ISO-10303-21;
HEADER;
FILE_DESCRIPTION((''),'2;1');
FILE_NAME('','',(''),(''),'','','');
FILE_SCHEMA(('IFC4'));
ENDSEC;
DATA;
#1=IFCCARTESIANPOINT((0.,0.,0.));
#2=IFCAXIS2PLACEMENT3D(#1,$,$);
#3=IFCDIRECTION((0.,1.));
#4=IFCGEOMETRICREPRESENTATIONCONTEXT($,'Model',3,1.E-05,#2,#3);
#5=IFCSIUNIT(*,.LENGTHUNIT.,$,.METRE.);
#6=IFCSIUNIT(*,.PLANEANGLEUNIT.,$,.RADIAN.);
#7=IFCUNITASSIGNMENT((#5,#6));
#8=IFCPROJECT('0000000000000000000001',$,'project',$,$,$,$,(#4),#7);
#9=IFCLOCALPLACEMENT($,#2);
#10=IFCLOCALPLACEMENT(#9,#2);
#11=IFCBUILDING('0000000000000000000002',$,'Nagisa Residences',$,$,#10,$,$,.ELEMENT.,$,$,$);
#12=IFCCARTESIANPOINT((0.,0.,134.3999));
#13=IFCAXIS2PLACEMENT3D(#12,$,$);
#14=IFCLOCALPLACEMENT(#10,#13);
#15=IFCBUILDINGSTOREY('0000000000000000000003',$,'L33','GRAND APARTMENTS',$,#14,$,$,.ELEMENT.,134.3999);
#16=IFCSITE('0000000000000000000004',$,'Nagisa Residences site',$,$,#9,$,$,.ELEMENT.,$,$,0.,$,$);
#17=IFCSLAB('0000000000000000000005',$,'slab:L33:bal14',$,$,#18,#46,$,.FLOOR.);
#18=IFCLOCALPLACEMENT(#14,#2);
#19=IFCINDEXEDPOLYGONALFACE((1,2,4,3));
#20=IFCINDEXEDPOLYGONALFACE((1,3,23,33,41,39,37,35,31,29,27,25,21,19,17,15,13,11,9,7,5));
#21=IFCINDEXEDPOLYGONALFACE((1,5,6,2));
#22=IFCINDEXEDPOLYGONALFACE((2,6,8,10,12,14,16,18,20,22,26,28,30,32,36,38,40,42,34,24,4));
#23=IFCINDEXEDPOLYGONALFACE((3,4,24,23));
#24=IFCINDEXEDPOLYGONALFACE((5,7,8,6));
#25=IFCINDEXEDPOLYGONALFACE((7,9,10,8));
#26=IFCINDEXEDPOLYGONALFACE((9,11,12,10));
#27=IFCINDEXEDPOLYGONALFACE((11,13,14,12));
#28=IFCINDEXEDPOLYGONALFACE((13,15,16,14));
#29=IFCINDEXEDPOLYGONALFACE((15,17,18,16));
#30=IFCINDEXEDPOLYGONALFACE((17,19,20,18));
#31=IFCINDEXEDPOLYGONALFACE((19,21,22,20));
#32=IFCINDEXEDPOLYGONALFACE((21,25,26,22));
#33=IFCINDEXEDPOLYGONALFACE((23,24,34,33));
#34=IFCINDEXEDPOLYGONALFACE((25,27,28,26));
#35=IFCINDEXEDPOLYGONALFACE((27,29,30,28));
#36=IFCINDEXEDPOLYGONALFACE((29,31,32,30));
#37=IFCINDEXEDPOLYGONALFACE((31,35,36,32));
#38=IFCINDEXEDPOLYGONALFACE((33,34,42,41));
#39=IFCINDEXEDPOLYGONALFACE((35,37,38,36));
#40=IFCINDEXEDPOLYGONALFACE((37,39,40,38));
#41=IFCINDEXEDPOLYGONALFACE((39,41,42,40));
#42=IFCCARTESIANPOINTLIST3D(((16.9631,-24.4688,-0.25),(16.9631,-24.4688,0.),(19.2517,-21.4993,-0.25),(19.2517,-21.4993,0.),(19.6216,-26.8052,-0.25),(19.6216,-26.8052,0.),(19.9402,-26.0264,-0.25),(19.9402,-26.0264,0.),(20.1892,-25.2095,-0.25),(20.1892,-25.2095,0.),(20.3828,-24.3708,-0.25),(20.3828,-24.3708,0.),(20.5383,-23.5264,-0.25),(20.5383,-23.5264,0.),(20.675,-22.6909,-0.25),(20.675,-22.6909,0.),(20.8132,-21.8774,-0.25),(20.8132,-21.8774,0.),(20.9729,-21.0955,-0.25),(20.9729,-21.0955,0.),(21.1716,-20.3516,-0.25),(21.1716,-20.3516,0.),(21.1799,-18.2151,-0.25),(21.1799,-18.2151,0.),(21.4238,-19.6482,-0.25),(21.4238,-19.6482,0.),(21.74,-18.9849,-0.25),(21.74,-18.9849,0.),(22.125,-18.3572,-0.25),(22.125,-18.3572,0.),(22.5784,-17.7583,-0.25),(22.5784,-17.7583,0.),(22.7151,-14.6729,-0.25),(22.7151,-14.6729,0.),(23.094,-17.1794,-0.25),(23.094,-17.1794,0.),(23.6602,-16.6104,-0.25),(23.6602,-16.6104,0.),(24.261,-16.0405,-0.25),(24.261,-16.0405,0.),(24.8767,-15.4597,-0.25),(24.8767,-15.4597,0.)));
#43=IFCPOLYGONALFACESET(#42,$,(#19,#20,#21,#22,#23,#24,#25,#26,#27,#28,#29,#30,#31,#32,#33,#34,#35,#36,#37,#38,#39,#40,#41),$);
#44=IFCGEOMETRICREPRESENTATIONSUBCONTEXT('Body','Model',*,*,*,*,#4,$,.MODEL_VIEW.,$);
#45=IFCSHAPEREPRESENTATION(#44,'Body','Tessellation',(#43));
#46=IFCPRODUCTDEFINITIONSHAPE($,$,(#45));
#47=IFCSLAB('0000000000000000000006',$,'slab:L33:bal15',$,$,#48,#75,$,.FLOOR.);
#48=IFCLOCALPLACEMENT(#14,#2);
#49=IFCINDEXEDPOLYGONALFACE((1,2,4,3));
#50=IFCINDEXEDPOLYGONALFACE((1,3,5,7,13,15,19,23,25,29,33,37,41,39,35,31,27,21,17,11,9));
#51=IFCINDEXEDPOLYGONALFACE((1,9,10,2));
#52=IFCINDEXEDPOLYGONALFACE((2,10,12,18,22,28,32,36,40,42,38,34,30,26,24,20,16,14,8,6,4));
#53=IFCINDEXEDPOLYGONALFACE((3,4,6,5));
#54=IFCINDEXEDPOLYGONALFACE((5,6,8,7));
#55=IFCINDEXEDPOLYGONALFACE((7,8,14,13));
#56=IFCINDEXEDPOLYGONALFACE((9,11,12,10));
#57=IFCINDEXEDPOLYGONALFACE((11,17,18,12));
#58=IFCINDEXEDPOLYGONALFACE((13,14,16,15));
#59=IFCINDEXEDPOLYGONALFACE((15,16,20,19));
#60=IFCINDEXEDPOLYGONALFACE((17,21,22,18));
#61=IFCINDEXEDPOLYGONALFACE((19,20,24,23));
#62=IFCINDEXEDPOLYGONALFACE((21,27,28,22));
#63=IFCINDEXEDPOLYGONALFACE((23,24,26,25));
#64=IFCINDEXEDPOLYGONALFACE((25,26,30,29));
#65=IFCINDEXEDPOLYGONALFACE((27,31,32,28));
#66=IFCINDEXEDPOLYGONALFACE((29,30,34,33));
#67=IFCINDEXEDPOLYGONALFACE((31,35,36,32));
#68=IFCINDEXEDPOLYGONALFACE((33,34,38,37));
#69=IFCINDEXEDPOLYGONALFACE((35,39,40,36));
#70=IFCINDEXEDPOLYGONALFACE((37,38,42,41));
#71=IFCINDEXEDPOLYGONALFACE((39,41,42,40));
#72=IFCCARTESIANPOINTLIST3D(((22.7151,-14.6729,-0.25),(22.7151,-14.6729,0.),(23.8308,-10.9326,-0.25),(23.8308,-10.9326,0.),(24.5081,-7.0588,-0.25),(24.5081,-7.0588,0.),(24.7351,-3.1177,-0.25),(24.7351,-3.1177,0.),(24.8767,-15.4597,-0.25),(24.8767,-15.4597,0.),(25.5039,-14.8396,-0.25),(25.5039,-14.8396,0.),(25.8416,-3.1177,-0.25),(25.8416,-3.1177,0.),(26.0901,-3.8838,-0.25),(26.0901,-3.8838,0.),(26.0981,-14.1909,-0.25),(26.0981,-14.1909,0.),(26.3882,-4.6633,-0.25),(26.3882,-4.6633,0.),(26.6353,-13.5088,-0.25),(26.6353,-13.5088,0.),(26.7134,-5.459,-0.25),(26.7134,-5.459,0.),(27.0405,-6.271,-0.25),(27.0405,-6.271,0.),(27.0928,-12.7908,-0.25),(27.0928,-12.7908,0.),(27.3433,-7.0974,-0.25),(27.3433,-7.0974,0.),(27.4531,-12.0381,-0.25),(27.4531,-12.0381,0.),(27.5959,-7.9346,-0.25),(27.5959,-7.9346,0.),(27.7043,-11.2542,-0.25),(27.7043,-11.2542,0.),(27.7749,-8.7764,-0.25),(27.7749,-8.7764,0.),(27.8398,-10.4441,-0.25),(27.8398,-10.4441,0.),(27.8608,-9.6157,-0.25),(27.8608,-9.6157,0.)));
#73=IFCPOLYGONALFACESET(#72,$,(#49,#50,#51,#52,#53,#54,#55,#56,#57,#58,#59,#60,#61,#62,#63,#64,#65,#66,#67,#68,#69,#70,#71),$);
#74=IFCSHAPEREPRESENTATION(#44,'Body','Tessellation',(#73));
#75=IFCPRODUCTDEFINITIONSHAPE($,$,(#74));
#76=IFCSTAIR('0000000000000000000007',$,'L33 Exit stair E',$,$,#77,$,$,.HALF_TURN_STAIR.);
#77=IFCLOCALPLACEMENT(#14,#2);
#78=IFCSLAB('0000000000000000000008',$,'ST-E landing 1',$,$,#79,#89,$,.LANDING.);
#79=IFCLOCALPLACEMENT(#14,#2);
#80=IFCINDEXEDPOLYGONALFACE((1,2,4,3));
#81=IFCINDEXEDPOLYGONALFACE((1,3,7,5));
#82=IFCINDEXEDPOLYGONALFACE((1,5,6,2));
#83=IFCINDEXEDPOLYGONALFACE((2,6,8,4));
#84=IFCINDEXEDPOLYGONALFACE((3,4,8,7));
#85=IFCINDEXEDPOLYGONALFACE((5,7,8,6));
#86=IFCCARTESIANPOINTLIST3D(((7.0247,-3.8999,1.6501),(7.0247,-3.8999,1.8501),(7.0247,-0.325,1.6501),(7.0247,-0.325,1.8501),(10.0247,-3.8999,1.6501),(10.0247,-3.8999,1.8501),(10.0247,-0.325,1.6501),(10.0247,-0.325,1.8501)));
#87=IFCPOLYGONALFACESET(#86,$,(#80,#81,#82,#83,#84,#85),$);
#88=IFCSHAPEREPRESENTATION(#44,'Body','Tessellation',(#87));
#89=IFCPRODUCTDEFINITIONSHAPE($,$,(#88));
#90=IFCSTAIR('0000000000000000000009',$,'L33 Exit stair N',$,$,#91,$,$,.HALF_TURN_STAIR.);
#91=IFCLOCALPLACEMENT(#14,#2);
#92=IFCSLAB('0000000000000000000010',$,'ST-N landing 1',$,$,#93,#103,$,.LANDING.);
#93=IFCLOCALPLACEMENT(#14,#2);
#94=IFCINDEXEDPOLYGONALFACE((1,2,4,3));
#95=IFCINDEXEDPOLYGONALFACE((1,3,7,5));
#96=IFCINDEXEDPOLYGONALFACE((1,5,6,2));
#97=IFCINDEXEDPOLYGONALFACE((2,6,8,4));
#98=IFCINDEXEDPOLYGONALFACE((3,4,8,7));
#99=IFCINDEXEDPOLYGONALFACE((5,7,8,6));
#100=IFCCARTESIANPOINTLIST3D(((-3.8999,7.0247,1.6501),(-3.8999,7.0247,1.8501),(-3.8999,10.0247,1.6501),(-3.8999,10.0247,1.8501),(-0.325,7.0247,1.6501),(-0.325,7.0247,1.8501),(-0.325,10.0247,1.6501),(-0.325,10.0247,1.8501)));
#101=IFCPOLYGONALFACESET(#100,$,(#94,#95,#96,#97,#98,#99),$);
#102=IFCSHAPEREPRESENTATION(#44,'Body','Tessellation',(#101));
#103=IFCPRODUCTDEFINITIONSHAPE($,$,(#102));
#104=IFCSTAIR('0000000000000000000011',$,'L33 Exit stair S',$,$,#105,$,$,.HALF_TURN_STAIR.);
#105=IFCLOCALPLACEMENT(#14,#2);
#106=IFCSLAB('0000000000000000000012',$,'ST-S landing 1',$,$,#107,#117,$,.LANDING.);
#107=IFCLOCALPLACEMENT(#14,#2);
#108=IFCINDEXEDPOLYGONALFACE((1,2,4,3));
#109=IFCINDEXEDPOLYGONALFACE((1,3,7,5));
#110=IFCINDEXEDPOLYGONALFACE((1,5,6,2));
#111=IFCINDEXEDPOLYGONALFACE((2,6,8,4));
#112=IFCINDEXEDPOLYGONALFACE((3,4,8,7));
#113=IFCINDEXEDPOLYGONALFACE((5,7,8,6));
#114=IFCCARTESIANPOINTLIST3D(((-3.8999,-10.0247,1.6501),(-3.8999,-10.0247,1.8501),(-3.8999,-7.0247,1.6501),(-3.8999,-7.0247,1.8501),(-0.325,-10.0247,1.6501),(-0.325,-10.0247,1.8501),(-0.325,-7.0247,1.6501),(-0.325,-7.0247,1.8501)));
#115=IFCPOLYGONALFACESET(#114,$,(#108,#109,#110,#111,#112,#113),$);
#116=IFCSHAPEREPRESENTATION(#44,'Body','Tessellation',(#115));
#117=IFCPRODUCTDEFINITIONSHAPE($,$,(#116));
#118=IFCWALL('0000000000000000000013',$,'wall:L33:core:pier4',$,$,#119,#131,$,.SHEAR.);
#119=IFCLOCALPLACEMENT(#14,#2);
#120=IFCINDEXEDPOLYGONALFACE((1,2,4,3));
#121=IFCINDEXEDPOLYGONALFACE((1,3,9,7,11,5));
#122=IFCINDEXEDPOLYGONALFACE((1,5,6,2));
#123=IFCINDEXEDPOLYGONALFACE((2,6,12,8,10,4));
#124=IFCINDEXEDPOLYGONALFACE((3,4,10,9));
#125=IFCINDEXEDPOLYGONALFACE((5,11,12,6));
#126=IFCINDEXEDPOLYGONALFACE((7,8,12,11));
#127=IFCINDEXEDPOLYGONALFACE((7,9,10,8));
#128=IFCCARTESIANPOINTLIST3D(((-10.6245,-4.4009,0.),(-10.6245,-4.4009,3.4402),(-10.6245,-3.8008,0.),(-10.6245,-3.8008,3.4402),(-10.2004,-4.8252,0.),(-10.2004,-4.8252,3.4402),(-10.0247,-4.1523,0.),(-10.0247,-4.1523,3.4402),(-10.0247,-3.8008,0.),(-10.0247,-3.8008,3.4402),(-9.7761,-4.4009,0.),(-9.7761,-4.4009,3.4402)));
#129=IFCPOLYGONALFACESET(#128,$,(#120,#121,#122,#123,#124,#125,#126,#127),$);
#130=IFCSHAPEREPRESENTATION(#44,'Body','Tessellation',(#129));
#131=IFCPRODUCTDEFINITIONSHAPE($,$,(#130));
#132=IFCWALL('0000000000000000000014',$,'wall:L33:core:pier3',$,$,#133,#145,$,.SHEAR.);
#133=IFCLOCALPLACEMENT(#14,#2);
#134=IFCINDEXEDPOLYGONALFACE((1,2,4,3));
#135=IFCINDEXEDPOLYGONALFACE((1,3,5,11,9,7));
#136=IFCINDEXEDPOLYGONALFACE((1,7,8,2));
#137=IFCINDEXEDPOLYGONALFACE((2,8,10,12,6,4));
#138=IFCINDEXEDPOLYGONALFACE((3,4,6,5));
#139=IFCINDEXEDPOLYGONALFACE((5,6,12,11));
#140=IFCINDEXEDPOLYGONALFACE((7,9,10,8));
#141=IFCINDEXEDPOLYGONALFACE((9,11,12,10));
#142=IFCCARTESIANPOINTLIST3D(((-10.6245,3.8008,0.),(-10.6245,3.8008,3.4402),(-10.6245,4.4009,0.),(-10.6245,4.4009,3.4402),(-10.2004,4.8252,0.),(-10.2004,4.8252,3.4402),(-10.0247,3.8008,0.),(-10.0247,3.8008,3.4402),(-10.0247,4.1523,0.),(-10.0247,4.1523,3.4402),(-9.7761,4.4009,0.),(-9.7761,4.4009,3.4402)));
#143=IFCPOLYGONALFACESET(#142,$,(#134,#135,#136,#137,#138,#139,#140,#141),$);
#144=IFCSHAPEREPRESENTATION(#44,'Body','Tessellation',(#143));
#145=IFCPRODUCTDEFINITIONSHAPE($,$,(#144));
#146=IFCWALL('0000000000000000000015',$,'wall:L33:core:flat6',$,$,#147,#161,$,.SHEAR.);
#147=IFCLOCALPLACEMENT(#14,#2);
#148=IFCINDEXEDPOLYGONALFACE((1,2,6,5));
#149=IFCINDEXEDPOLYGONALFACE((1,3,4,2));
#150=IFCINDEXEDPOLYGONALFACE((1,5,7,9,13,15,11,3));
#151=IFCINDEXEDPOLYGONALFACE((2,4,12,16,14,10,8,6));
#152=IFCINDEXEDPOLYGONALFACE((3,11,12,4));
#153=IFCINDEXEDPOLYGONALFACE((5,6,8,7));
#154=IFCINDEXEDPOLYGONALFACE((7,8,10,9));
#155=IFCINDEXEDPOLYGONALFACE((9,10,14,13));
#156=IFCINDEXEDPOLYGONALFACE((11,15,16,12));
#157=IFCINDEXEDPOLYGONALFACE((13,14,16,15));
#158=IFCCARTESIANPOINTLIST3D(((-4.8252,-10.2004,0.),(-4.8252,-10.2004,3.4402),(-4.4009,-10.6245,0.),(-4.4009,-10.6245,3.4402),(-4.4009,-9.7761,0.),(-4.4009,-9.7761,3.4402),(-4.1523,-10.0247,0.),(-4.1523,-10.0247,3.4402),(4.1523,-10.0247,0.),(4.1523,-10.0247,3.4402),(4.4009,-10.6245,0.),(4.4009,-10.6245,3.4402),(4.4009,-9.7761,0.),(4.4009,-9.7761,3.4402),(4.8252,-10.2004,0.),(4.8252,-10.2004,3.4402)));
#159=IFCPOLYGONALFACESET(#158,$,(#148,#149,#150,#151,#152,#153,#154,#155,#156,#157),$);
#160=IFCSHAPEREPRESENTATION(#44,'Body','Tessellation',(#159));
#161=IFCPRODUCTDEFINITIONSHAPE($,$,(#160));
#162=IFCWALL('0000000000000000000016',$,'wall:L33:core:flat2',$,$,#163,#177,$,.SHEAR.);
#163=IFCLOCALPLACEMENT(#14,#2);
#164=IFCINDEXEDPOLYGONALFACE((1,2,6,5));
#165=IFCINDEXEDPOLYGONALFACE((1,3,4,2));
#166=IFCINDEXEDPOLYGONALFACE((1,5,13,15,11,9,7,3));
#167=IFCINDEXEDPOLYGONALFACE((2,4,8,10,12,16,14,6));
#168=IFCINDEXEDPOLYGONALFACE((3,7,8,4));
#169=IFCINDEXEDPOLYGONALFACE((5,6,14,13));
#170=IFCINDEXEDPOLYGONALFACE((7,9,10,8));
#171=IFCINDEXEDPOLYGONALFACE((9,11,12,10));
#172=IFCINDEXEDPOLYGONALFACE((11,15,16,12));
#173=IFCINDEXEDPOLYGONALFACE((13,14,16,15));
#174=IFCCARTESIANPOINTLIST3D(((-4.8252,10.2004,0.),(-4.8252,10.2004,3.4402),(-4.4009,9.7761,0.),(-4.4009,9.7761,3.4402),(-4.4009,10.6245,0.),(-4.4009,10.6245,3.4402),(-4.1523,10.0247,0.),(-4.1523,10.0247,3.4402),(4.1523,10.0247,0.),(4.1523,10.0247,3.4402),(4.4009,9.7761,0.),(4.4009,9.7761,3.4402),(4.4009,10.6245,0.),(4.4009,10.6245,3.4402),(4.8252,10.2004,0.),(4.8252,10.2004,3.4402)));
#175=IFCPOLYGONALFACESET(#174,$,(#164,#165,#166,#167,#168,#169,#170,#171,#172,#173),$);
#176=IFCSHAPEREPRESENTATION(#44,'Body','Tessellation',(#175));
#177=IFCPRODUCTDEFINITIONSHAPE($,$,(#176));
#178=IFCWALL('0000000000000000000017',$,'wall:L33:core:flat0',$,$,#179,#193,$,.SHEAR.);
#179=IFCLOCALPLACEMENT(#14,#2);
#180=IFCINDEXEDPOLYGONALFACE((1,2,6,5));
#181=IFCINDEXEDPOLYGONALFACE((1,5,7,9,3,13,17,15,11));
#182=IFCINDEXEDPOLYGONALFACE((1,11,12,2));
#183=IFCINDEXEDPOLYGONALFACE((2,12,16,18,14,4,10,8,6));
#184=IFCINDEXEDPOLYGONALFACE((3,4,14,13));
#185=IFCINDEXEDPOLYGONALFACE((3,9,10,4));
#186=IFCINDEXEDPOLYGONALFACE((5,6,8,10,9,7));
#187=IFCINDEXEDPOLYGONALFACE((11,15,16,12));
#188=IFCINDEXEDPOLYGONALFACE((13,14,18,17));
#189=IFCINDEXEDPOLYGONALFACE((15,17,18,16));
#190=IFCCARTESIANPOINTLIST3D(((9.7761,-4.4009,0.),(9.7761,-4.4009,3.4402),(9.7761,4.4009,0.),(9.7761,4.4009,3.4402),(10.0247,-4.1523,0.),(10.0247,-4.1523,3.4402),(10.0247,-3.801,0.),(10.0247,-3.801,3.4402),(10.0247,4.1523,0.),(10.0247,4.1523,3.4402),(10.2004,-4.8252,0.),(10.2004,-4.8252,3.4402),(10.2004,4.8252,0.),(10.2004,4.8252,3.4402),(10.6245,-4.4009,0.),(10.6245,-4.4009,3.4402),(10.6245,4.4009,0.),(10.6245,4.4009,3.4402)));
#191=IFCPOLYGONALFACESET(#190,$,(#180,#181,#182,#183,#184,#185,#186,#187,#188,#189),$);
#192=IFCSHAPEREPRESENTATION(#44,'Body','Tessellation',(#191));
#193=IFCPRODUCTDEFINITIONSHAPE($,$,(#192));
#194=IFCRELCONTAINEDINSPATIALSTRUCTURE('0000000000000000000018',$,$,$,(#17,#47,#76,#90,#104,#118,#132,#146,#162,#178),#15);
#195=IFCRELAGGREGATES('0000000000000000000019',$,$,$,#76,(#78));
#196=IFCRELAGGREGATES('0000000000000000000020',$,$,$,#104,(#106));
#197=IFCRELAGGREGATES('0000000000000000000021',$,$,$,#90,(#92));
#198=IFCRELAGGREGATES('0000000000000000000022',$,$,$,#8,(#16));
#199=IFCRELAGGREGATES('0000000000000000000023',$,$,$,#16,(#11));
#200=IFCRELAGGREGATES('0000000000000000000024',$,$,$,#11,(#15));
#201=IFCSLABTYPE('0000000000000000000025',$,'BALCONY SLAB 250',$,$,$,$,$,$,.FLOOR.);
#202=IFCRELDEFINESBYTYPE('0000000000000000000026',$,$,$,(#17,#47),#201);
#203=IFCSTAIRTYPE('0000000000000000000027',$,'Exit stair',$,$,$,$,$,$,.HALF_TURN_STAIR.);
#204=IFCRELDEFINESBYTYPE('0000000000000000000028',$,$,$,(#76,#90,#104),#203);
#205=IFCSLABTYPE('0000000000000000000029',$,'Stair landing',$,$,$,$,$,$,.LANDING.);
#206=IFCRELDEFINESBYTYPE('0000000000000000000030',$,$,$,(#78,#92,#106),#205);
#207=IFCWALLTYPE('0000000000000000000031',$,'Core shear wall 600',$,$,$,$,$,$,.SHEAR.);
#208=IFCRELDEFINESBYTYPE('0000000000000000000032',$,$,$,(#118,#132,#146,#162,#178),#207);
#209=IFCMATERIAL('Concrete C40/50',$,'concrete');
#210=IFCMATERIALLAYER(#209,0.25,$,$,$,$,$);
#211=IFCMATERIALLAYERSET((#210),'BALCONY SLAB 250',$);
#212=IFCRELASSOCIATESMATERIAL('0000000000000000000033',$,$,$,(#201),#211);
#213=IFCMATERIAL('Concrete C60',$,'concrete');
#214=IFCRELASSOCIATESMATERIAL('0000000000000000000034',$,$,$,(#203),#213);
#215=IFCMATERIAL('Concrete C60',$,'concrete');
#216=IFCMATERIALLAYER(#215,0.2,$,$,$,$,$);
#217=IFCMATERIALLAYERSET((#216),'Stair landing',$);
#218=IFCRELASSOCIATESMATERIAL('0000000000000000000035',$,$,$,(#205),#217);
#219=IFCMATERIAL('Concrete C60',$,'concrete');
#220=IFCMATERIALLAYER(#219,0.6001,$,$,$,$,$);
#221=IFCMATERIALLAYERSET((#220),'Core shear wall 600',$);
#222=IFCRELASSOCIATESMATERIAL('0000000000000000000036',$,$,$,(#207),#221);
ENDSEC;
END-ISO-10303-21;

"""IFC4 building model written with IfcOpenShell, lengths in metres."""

from ifc_helpers import new_model, si_unit, direction, frame, origin, place, context, subcontext, project, spatial, polyline, outline, extrude, material, layer, layer_set, type_object, element, aggregate, save


model = new_model("IFC4")

# Units and contexts
model_context = context("Model", 3, precision=1e-05, world=origin(), true_north=direction((0.0, 1.0)))
body_context = subcontext(model_context, "Body", "Model", "MODEL_VIEW")
ifc_project = project(units=[si_unit("LENGTHUNIT", "METRE"), si_unit("PLANEANGLEUNIT", "RADIAN")], contexts=[model_context])

# Site, building, storey
site_placement = place(None, origin())
site = spatial("IfcSite", under=ifc_project, at=site_placement, Name="Nagisa Residences site", CompositionType="ELEMENT", RefElevation=0.0)
building_placement = place(site_placement, origin())
building = spatial("IfcBuilding", under=site, at=building_placement, Name="Nagisa Residences", CompositionType="ELEMENT")
storey_placement = place(building_placement, frame((0.0, 0.0, 134.3999)))
storey = spatial("IfcBuildingStorey", under=building, at=storey_placement, Name="L33", Description="GRAND APARTMENTS", CompositionType="ELEMENT", Elevation=134.3999)

# Slabs
ifc_material_1 = material(Name="Concrete C40/50", Category="concrete")
ifc_layer_1 = layer(ifc_material_1, 0.25)
ifc_layer_set_1 = layer_set([ifc_layer_1], Name="BALCONY SLAB 250")
slab_type_1 = type_object("IfcSlabType", Name="BALCONY SLAB 250", PredefinedType="FLOOR", material=ifc_layer_set_1)
slab_1_placement = place(storey_placement, frame((0.0, 0.0, -0.25)))
element("IfcSlab", 1, at=slab_1_placement, inside=storey, type_object=slab_type_1, Name="slab:L33:bal14", PredefinedType="FLOOR", context=body_context, shape_type="SweptSolid", body=[
    extrude(outline(polyline([(19.6216, -26.8052), (19.9402, -26.0264), (20.1892, -25.2095), (20.3828, -24.3708), (20.5383, -23.5264), (20.675, -22.6909), (20.8132, -21.8774), (20.9729, -21.0955), (21.1716, -20.3516), (21.4238, -19.6482), (21.74, -18.9849), (22.125, -18.3572), (22.5784, -17.7583), (23.094, -17.1794), (23.6602, -16.6104), (24.261, -16.0405), (24.8767, -15.4597), (22.7151, -14.6729), (21.1799, -18.2151), (19.2517, -21.4993), (16.9631, -24.4688), (19.6216, -26.8052)])), origin(), (0.0, 0.0, 1.0), 0.25),
])
slab_2_placement = place(storey_placement, frame((0.0, 0.0, -0.25)))
element("IfcSlab", 2, at=slab_2_placement, inside=storey, type_object=slab_type_1, Name="slab:L33:bal15", PredefinedType="FLOOR", context=body_context, shape_type="SweptSolid", body=[
    extrude(outline(polyline([(24.8767, -15.4597), (25.5039, -14.8396), (26.0981, -14.1909), (26.6353, -13.5088), (27.0928, -12.7908), (27.4531, -12.0381), (27.7043, -11.2542), (27.8398, -10.4441), (27.8608, -9.6157), (27.7749, -8.7764), (27.5959, -7.9346), (27.3433, -7.0974), (27.0405, -6.271), (26.7134, -5.459), (26.3882, -4.6633), (26.0901, -3.8838), (25.8416, -3.1177), (24.7351, -3.1177), (24.5081, -7.0588), (23.8308, -10.9326), (22.7151, -14.6729), (24.8767, -15.4597)])), origin(), (0.0, 0.0, 1.0), 0.25),
])

# Stairs, slabs
ifc_material_2 = material(Name="Concrete C60", Category="concrete")
stair_type = type_object("IfcStairType", Name="Exit stair", PredefinedType="HALF_TURN_STAIR", material=ifc_material_2)
stair_1_placement = place(storey_placement, origin())
stair_1 = element("IfcStair", 3, at=stair_1_placement, inside=storey, type_object=stair_type, Name="L33 Exit stair E", PredefinedType="HALF_TURN_STAIR")
ifc_material_3 = material(Name="Concrete C60", Category="concrete")
ifc_layer_2 = layer(ifc_material_3, 0.2)
ifc_layer_set_2 = layer_set([ifc_layer_2], Name="Stair landing")
slab_type_2 = type_object("IfcSlabType", Name="Stair landing", PredefinedType="LANDING", material=ifc_layer_set_2)
slab_3_placement = place(storey_placement, frame((0.0, 0.0, 1.6501)))
slab_3 = element("IfcSlab", 4, at=slab_3_placement, type_object=slab_type_2, Name="ST-E landing 1", PredefinedType="LANDING", context=body_context, shape_type="SweptSolid", body=[
    extrude(outline(polyline([(7.0247, -0.325), (7.0247, -3.8999), (10.0247, -3.8999), (10.0247, -0.325), (7.0247, -0.325)])), origin(), (0.0, 0.0, 1.0), 0.2),
])
aggregate(stair_1, [slab_3])
stair_2_placement = place(storey_placement, origin())
stair_2 = element("IfcStair", 5, at=stair_2_placement, inside=storey, type_object=stair_type, Name="L33 Exit stair N", PredefinedType="HALF_TURN_STAIR")
slab_4_placement = place(storey_placement, frame((0.0, 0.0, 1.6501)))
slab_4 = element("IfcSlab", 6, at=slab_4_placement, type_object=slab_type_2, Name="ST-N landing 1", PredefinedType="LANDING", context=body_context, shape_type="SweptSolid", body=[
    extrude(outline(polyline([(-0.325, 10.0247), (-3.8999, 10.0247), (-3.8999, 7.0247), (-0.325, 7.0247), (-0.325, 10.0247)])), origin(), (0.0, 0.0, 1.0), 0.2),
])
stair_3_placement = place(storey_placement, origin())
stair_3 = element("IfcStair", 7, at=stair_3_placement, inside=storey, type_object=stair_type, Name="L33 Exit stair S", PredefinedType="HALF_TURN_STAIR")
slab_5_placement = place(storey_placement, frame((0.0, 0.0, 1.6501)))
slab_5 = element("IfcSlab", 8, at=slab_5_placement, type_object=slab_type_2, Name="ST-S landing 1", PredefinedType="LANDING", context=body_context, shape_type="SweptSolid", body=[
    extrude(outline(polyline([(-0.325, -7.0247), (-3.8999, -7.0247), (-3.8999, -10.0247), (-0.325, -10.0247), (-0.325, -7.0247)])), origin(), (0.0, 0.0, 1.0), 0.2),
])
aggregate(stair_3, [slab_5])

# Walls
ifc_material_4 = material(Name="Concrete C60", Category="concrete")
ifc_layer_3 = layer(ifc_material_4, 0.6001)
ifc_layer_set_3 = layer_set([ifc_layer_3], Name="Core shear wall 600")
wall_type_1 = type_object("IfcWallType", Name="Core shear wall 600", PredefinedType="SHEAR", material=ifc_layer_set_3)
wall_1_placement = place(storey_placement, origin())
element("IfcWall", 9, at=wall_1_placement, inside=storey, type_object=wall_type_1, Name="wall:L33:core:pier4", PredefinedType="SHEAR", context=body_context, shape_type="SweptSolid", body=[
    extrude(outline(polyline([(-10.6245, -3.8008), (-10.0247, -3.8008), (-10.0247, -4.1523), (-9.7761, -4.4009), (-10.2004, -4.8252), (-10.6245, -4.4009), (-10.6245, -3.8008)])), origin(), (0.0, 0.0, 1.0), 3.4402),
])
wall_2_placement = place(storey_placement, origin())
element("IfcWall", 10, at=wall_2_placement, inside=storey, type_object=wall_type_1, Name="wall:L33:core:pier3", PredefinedType="SHEAR", context=body_context, shape_type="SweptSolid", body=[
    extrude(outline(polyline([(-10.2004, 4.8252), (-9.7761, 4.4009), (-10.0247, 4.1523), (-10.0247, 3.8008), (-10.6245, 3.8008), (-10.6245, 4.4009), (-10.2004, 4.8252)])), origin(), (0.0, 0.0, 1.0), 3.4402),
])
wall_3_placement = place(storey_placement, origin())
element("IfcWall", 11, at=wall_3_placement, inside=storey, type_object=wall_type_1, Name="wall:L33:core:flat6", PredefinedType="SHEAR", context=body_context, shape_type="SweptSolid", body=[
    extrude(outline(polyline([(-4.1523, -10.0247), (4.1523, -10.0247), (4.4009, -9.7761), (4.8252, -10.2004), (4.4009, -10.6245), (-4.4009, -10.6245), (-4.8252, -10.2004), (-4.4009, -9.7761), (-4.1523, -10.0247)])), origin(), (0.0, 0.0, 1.0), 3.4402),
])
wall_4_placement = place(storey_placement, origin())
element("IfcWall", 12, at=wall_4_placement, inside=storey, type_object=wall_type_1, Name="wall:L33:core:flat2", PredefinedType="SHEAR", context=body_context, shape_type="SweptSolid", body=[
    extrude(outline(polyline([(-4.1523, 10.0247), (-4.4009, 9.7761), (-4.8252, 10.2004), (-4.4009, 10.6245), (4.4009, 10.6245), (4.8252, 10.2004), (4.4009, 9.7761), (4.1523, 10.0247), (-4.1523, 10.0247)])), origin(), (0.0, 0.0, 1.0), 3.4402),
])
wall_5_placement = place(storey_placement, origin())
element("IfcWall", 13, at=wall_5_placement, inside=storey, type_object=wall_type_1, Name="wall:L33:core:flat0", PredefinedType="SHEAR", context=body_context, shape_type="SweptSolid", body=[
    extrude(outline(polyline([(9.7761, -4.4009), (10.0247, -4.1523), (10.0247, -3.801), (10.0247, 4.1523), (9.7761, 4.4009), (10.2004, 4.8252), (10.6245, 4.4009), (10.6245, -4.4009), (10.2004, -4.8252), (9.7761, -4.4009)])), origin(), (0.0, 0.0, 1.0), 3.4402),
])

aggregate(stair_2, [slab_4])

save(model, "model.ifc")
